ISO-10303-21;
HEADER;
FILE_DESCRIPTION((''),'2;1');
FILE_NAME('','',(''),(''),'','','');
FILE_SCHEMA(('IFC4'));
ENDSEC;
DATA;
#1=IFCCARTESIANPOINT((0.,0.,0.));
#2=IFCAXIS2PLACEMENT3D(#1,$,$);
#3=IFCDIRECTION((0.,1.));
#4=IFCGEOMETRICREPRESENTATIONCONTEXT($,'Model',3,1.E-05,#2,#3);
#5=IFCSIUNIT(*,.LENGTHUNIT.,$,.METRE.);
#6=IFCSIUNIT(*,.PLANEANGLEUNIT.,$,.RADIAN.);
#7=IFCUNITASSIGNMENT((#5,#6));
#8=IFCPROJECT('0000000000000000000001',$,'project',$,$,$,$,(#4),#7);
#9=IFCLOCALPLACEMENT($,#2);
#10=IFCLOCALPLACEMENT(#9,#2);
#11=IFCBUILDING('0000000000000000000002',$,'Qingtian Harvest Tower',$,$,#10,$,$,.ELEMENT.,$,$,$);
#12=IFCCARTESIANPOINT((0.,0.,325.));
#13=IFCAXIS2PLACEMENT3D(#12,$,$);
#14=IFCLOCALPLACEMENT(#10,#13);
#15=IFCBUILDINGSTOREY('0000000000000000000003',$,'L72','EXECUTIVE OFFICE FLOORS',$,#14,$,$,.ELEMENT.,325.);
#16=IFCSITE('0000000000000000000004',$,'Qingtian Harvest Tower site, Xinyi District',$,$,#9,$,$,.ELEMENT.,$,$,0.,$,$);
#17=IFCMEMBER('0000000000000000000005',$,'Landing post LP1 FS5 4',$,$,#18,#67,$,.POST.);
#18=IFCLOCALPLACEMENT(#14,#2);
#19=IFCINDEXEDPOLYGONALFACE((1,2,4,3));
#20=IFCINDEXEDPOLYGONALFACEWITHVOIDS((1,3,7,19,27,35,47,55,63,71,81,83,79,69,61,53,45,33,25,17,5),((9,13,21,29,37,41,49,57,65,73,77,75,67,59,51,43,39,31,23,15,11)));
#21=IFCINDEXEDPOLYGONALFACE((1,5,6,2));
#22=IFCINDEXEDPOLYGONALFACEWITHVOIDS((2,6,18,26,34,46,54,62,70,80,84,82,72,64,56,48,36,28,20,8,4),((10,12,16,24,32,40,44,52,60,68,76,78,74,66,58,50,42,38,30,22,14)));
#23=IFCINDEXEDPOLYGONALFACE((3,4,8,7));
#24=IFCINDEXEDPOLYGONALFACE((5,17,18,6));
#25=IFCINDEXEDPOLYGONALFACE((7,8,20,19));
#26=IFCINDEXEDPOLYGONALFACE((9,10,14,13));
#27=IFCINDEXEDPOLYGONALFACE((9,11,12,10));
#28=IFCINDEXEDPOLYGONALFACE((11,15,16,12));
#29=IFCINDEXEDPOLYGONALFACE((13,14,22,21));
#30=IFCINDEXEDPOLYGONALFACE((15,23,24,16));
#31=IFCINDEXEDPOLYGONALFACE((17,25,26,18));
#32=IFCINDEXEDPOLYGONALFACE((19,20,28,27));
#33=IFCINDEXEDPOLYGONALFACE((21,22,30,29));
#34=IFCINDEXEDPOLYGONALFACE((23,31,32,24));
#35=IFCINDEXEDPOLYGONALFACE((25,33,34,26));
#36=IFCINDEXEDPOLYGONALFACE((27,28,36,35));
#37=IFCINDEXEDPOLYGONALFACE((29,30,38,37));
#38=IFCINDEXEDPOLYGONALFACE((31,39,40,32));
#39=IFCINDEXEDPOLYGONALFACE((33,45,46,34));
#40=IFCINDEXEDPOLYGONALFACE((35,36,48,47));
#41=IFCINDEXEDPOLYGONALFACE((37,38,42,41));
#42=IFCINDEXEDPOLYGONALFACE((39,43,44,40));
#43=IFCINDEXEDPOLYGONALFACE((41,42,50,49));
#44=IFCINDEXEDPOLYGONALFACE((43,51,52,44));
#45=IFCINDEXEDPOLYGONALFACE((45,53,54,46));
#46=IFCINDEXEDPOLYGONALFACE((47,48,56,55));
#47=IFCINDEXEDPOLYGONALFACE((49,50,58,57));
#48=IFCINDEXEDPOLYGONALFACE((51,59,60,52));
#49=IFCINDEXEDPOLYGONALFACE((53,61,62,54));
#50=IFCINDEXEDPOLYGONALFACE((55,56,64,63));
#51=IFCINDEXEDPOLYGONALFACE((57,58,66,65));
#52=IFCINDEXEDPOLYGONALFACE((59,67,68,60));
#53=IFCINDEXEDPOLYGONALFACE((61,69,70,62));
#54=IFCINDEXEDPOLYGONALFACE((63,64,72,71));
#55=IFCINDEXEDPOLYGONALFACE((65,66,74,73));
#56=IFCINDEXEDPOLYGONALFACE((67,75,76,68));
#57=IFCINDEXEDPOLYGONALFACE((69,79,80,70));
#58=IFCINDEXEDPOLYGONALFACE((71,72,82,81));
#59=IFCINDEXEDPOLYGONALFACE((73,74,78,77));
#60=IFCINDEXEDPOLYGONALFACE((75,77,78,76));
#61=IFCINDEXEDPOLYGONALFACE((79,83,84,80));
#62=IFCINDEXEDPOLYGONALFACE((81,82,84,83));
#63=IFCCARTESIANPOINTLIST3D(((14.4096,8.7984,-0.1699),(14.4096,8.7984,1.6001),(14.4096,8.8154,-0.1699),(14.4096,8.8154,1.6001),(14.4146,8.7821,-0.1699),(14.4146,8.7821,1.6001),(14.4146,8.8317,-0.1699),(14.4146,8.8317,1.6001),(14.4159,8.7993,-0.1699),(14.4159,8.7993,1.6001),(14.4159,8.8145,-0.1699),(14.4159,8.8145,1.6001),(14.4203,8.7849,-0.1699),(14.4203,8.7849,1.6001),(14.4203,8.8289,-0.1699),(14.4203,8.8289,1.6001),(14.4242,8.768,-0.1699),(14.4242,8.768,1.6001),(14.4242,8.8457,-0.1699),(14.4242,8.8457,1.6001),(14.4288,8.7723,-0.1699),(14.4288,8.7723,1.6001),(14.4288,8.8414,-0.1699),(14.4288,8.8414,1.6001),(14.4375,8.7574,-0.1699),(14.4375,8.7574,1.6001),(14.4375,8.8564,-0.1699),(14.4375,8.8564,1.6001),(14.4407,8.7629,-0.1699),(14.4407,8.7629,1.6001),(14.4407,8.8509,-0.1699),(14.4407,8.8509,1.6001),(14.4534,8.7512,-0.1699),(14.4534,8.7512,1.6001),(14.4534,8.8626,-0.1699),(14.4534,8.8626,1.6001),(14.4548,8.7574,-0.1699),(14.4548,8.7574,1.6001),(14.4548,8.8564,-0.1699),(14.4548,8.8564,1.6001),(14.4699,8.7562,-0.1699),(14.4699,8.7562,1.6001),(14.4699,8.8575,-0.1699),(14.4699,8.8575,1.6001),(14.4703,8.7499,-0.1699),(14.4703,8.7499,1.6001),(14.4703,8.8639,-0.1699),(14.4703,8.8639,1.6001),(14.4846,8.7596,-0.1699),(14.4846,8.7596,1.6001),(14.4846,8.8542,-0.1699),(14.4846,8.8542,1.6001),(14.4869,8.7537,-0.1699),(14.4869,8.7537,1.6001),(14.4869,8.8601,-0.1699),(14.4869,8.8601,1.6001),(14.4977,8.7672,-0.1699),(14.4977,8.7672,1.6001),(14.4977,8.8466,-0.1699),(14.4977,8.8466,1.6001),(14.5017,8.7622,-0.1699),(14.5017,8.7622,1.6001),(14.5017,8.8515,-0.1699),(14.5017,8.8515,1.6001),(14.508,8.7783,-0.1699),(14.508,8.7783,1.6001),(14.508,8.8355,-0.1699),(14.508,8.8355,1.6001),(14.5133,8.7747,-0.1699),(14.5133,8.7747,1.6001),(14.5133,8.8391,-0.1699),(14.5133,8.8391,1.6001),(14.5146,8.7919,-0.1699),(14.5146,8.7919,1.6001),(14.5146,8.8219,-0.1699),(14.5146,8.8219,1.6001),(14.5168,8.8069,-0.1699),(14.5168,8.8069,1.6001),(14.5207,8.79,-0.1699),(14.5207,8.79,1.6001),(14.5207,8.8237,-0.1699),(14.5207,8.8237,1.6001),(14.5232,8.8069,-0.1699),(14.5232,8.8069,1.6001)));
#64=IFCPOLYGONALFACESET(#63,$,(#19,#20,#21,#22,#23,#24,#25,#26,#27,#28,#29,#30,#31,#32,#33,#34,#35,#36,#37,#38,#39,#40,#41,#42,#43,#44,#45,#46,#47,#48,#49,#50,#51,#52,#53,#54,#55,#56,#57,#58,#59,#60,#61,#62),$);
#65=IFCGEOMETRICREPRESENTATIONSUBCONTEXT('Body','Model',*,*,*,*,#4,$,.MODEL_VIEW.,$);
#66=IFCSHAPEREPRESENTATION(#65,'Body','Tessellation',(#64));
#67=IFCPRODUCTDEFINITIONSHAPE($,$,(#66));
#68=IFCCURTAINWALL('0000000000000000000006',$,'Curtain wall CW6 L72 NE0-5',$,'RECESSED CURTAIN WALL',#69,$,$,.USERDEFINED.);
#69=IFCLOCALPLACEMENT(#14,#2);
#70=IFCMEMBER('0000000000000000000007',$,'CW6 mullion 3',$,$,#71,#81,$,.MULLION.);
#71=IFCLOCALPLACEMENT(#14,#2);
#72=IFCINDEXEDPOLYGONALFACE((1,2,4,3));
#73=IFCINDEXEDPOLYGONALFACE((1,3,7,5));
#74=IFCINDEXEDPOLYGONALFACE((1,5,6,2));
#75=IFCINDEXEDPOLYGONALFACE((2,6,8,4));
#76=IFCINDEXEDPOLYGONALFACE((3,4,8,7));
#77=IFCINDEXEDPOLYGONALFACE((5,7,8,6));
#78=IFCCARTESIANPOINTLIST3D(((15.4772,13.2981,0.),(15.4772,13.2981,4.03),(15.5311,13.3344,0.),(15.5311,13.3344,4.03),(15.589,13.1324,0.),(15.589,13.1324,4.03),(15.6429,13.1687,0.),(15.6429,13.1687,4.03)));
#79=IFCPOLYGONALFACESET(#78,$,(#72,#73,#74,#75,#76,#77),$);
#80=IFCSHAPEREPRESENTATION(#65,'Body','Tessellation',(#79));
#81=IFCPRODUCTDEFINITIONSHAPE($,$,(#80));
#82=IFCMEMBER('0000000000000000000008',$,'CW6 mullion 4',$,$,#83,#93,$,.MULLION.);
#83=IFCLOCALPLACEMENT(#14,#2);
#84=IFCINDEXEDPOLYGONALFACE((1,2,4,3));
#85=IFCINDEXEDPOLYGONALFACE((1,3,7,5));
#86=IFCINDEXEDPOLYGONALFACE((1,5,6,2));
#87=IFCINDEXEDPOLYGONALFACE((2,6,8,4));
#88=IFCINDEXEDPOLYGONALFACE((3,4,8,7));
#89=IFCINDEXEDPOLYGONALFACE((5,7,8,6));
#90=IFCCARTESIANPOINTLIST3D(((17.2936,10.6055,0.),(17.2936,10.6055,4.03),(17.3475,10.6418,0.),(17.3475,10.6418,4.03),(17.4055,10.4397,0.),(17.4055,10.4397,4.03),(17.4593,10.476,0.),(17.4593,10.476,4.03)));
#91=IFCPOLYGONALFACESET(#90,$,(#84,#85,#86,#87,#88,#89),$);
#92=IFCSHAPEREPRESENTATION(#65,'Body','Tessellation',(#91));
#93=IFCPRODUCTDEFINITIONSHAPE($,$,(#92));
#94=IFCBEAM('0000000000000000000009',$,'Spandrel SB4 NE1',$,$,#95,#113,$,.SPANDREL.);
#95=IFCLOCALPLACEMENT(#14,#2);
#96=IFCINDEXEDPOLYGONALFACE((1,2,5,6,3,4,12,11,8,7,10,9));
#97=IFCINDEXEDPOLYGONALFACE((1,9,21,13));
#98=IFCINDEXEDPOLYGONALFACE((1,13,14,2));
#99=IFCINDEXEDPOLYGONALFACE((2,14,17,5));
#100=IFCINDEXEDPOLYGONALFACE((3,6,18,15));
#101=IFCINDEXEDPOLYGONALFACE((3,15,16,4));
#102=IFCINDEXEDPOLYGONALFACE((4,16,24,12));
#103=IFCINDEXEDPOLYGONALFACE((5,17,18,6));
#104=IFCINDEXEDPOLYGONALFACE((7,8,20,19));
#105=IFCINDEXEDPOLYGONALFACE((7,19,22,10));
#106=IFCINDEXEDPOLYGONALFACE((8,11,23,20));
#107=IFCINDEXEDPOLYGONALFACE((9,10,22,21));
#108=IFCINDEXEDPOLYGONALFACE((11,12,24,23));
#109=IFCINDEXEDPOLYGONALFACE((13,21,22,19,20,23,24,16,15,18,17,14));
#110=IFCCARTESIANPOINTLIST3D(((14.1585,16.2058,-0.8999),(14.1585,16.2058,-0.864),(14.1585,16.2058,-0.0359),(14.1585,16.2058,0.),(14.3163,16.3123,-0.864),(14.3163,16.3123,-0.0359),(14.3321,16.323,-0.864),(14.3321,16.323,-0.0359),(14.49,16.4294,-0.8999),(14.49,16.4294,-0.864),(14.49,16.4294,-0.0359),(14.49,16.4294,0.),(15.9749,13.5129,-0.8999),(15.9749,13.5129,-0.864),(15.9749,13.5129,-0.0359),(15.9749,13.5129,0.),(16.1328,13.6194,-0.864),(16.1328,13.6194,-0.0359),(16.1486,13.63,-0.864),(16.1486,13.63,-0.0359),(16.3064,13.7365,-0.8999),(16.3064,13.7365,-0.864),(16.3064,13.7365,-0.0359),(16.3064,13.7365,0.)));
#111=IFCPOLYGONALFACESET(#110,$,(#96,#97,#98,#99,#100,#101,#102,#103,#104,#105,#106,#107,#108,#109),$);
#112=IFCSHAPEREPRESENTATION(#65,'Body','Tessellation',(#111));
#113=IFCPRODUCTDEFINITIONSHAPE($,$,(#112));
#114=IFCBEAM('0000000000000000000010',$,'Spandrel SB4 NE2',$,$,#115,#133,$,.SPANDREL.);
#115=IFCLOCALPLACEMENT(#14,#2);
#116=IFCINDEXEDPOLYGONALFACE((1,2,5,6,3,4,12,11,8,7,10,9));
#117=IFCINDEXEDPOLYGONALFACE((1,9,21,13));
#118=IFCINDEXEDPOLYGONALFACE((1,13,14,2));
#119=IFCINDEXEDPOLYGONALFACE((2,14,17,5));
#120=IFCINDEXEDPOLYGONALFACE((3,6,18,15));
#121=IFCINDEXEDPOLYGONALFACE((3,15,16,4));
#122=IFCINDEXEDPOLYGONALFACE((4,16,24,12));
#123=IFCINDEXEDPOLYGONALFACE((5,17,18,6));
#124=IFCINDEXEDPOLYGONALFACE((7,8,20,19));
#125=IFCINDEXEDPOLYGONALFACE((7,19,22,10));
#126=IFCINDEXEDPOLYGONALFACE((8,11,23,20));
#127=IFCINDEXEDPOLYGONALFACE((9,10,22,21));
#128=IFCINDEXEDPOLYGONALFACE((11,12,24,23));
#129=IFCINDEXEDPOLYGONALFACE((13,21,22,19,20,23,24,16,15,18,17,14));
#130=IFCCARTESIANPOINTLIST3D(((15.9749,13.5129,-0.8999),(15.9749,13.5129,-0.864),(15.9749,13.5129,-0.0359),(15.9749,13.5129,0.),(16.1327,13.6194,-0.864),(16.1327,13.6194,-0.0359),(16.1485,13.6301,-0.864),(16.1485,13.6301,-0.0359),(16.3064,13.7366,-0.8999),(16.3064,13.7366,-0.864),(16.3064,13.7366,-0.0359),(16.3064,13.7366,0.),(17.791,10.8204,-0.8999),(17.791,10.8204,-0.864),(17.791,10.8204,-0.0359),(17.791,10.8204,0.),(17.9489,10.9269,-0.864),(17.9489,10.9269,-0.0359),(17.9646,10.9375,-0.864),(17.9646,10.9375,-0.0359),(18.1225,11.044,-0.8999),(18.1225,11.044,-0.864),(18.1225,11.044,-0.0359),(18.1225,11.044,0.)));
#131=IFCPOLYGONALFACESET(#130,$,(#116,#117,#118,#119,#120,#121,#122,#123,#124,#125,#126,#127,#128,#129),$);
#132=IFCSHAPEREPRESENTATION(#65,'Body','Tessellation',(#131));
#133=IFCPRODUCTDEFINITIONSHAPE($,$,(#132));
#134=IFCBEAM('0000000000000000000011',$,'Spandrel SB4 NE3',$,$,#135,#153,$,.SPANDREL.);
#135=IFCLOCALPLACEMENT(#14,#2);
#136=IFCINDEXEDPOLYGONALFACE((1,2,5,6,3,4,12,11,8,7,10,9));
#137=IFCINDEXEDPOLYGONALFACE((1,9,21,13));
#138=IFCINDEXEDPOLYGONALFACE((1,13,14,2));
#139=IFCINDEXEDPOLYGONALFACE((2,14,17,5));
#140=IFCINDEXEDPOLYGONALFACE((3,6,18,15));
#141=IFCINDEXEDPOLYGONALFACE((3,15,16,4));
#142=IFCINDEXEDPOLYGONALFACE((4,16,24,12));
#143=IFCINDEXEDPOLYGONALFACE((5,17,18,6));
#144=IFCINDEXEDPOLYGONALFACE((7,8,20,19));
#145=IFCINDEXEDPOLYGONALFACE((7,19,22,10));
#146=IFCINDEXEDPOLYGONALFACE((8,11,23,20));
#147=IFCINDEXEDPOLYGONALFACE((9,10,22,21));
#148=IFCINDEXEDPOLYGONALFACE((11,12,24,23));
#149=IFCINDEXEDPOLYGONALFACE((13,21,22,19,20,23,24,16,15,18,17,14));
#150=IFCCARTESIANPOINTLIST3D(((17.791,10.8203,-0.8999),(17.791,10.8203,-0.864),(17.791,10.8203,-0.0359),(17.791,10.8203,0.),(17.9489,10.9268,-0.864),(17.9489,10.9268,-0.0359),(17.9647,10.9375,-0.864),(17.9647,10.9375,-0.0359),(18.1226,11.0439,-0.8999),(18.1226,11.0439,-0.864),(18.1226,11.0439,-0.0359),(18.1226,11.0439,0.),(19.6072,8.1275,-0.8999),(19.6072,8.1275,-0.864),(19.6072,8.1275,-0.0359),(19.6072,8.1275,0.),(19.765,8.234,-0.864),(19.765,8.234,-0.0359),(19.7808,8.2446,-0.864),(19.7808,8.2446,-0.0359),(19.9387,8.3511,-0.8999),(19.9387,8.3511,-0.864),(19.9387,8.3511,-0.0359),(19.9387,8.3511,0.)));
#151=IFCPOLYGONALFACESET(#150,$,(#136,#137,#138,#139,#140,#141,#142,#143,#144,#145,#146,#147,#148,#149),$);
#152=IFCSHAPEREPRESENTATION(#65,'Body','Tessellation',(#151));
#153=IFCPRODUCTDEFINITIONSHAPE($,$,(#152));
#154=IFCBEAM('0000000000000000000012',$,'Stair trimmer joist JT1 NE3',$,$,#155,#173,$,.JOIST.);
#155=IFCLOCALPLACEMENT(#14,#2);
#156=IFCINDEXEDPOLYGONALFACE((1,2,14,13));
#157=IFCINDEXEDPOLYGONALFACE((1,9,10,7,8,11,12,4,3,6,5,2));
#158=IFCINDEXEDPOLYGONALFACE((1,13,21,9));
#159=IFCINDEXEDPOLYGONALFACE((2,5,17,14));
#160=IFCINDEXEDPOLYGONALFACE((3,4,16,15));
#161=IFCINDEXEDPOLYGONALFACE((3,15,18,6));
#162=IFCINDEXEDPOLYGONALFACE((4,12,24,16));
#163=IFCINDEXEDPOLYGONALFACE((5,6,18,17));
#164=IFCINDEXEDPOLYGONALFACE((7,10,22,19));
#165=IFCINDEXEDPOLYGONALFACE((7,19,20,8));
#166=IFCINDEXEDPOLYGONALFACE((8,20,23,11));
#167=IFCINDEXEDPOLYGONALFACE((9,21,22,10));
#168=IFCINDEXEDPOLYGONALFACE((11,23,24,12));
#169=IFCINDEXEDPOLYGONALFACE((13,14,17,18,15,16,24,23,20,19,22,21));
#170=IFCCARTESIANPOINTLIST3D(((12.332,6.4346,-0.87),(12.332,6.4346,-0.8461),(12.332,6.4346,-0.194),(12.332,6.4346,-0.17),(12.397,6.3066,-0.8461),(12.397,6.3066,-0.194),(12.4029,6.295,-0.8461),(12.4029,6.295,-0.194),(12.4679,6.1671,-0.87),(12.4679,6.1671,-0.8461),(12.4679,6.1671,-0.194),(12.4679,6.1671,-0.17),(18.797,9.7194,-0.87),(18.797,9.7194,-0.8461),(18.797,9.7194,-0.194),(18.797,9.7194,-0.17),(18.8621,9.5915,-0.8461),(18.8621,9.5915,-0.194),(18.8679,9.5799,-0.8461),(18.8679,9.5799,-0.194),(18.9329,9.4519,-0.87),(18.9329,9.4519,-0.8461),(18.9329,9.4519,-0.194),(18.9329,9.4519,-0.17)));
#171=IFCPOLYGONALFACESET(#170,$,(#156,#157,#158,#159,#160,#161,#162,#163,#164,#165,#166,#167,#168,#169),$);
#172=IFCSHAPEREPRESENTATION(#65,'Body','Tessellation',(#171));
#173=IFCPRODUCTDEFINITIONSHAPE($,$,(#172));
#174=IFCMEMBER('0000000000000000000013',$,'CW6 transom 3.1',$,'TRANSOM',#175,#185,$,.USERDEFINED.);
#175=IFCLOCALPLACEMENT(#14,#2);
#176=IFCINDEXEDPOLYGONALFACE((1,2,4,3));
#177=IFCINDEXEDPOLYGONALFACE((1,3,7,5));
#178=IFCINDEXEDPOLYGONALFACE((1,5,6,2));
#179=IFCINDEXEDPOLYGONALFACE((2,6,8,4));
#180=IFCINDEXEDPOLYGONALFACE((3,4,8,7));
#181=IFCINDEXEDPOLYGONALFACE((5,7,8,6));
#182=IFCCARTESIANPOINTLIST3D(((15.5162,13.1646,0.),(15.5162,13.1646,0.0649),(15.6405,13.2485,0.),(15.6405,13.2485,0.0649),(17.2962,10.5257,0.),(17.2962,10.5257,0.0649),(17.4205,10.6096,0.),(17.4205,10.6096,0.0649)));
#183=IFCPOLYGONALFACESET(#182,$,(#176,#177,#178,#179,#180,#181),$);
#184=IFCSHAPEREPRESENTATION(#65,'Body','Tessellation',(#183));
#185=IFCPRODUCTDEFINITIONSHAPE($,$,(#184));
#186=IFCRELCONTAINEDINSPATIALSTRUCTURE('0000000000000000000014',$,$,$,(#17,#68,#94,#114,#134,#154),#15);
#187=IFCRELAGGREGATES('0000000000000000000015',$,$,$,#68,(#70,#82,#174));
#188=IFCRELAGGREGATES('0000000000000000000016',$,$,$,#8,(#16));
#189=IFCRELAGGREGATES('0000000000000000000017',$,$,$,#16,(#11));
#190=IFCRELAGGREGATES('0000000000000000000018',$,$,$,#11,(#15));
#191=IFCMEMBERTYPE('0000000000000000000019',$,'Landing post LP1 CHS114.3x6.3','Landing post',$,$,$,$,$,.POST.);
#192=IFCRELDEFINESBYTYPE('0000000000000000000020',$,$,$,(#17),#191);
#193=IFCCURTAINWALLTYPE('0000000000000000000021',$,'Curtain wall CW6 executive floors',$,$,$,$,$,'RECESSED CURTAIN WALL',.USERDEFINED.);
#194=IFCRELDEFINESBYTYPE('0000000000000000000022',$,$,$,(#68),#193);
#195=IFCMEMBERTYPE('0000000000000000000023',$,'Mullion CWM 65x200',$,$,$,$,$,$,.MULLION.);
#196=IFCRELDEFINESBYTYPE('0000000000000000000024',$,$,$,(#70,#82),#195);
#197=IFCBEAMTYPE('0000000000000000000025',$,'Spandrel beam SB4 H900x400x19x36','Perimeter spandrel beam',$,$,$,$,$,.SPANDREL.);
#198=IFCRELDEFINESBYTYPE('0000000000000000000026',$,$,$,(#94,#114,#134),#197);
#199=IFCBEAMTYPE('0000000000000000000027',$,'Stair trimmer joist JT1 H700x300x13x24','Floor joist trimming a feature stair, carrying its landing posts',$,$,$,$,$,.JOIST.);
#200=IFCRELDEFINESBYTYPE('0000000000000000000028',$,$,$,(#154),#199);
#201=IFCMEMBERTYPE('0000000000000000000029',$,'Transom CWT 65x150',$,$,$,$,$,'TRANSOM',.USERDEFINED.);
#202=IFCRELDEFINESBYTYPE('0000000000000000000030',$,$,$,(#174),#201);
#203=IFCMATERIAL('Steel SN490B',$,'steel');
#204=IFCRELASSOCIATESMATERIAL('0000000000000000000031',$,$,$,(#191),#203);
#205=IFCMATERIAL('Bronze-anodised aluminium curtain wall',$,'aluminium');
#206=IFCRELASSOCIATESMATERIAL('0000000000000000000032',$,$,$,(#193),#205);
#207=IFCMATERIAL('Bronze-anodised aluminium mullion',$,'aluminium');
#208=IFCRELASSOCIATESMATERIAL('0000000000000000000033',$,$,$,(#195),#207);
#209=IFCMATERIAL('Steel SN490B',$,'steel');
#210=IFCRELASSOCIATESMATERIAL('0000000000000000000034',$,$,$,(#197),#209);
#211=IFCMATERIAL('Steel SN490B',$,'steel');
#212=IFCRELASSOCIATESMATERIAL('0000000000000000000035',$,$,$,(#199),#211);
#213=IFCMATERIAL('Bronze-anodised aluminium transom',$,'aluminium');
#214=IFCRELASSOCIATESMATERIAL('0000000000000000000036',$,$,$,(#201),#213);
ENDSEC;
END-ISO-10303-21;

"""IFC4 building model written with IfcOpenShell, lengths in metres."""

from ifc_helpers import new_model, si_unit, direction, frame, origin, origin_2d, place, context, subcontext, project, spatial, rectangle, hollow_circle, i_section, extrude, material, material_profile, profile_set, type_object, element, aggregate, save


model = new_model("IFC4")

# Units and contexts
model_context = context("Model", 3, precision=1e-05, world=origin(), true_north=direction((0.0, 1.0)))
body_context = subcontext(model_context, "Body", "Model", "MODEL_VIEW")
ifc_project = project(units=[si_unit("LENGTHUNIT", "METRE"), si_unit("PLANEANGLEUNIT", "RADIAN")], contexts=[model_context])

# Site, building, storey
site_placement = place(None, origin())
site = spatial("IfcSite", under=ifc_project, at=site_placement, Name="Qingtian Harvest Tower site, Xinyi District", CompositionType="ELEMENT", RefElevation=0.0)
building_placement = place(site_placement, origin())
building = spatial("IfcBuilding", under=site, at=building_placement, Name="Qingtian Harvest Tower", CompositionType="ELEMENT")
storey_placement = place(building_placement, frame((0.0, 0.0, 325.0)))
storey = spatial("IfcBuildingStorey", under=building, at=storey_placement, Name="L72", Description="EXECUTIVE OFFICE FLOORS", CompositionType="ELEMENT", Elevation=325.0)

# Member
ifc_material_1 = material(Name="Steel SN490B", Category="steel")
ifc_material_profile_1 = material_profile(ifc_material_1, hollow_circle(Radius=0.0571, WallThickness=0.0063, at=origin_2d()), Name="CHS114.3x6.3")
ifc_profile_set_1 = profile_set([ifc_material_profile_1], Name="Steel SN490B")
member_type_1 = type_object("IfcMemberType", Name="Landing post LP1 CHS114.3x6.3", Description="Landing post", PredefinedType="POST", material=ifc_profile_set_1)
for number, where, z_axis, x_axis, name in (
    (1, (14.4661, 8.8069, -0.1699), (0.0, 0.0, 1.0), (1.0, 0.0, 0.0), "Landing post LP1 FS5 4"),
):
    element("IfcMember", number, at=place(storey_placement, frame(where, z_axis=z_axis, x_axis=x_axis)), inside=storey, type_object=member_type_1, Name=name, PredefinedType="POST", context=body_context, shape_type="SweptSolid", body=[
        extrude(hollow_circle(Radius=0.0571, WallThickness=0.0063, at=origin_2d()), origin(), (0.0, 0.0, 1.0), 1.77),
    ])

# Curtain wall, members
ifc_material_2 = material(Name="Bronze-anodised aluminium curtain wall", Category="aluminium")
curtain_wall_type = type_object("IfcCurtainWallType", Name="Curtain wall CW6 executive floors", ElementType="RECESSED CURTAIN WALL", PredefinedType="USERDEFINED", material=ifc_material_2)
curtain_wall_placement = place(storey_placement, origin())
curtain_wall = element("IfcCurtainWall", 2, at=curtain_wall_placement, inside=storey, type_object=curtain_wall_type, Name="Curtain wall CW6 L72 NE0-5", ObjectType="RECESSED CURTAIN WALL", PredefinedType="USERDEFINED")
ifc_material_3 = material(Name="Bronze-anodised aluminium mullion", Category="aluminium")
ifc_material_profile_2 = material_profile(ifc_material_3, rectangle(XDim=0.0649, YDim=0.2, at=origin_2d()), Name="AL 65x200")
ifc_profile_set_2 = profile_set([ifc_material_profile_2], Name="Bronze-anodised aluminium mullion")
member_type_2 = type_object("IfcMemberType", Name="Mullion CWM 65x200", PredefinedType="MULLION", material=ifc_profile_set_2)
member_1_placement = place(storey_placement, frame((15.5601, 13.2334, 0.0), z_axis=(0.0, 0.0, 1.0), x_axis=(0.829038, 0.559193, 0.0)))
member_1 = element("IfcMember", 3, at=member_1_placement, type_object=member_type_2, Name="CW6 mullion 3", PredefinedType="MULLION", context=body_context, shape_type="SweptSolid", body=[
    extrude(rectangle(XDim=0.0649, YDim=0.2, at=origin_2d()), origin(), (0.0, 0.0, 1.0), 4.03),
])
member_2_placement = place(storey_placement, frame((17.3765, 10.5408, 0.0), z_axis=(0.0, 0.0, 1.0), x_axis=(0.829038, 0.559193, 0.0)))
member_2 = element("IfcMember", 4, at=member_2_placement, type_object=member_type_2, Name="CW6 mullion 4", PredefinedType="MULLION", context=body_context, shape_type="SweptSolid", body=[
    extrude(rectangle(XDim=0.0649, YDim=0.2, at=origin_2d()), origin(), (0.0, 0.0, 1.0), 4.03),
])

# Beams
ifc_material_4 = material(Name="Steel SN490B", Category="steel")
ifc_material_profile_3 = material_profile(ifc_material_4, i_section(OverallWidth=0.3999, OverallDepth=0.8999, WebThickness=0.019, FlangeThickness=0.0359, at=origin_2d()), Name="H900x400x19x36")
ifc_profile_set_3 = profile_set([ifc_material_profile_3], Name="Steel SN490B")
beam_type_1 = type_object("IfcBeamType", Name="Spandrel beam SB4 H900x400x19x36", Description="Perimeter spandrel beam", PredefinedType="SPANDREL", material=ifc_profile_set_3)
beam_1_placement = place(storey_placement, frame((14.3242, 16.3176, -0.45), z_axis=(0.559202, -0.829032, 0.0), x_axis=(0.829032, 0.559202, 0.0)))
element("IfcBeam", 5, at=beam_1_placement, inside=storey, type_object=beam_type_1, Name="Spandrel SB4 NE1", PredefinedType="SPANDREL", context=body_context, shape_type="SweptSolid", body=[
    extrude(i_section(OverallWidth=0.3999, OverallDepth=0.8999, WebThickness=0.019, FlangeThickness=0.0359, at=origin_2d()), origin(), (0.0, 0.0, 1.0), 3.2483),
])
beam_2_placement = place(storey_placement, frame((16.1406, 13.6248, -0.45), z_axis=(0.559185, -0.829043, 0.0), x_axis=(0.829043, 0.559185, 0.0)))
element("IfcBeam", 6, at=beam_2_placement, inside=storey, type_object=beam_type_1, Name="Spandrel SB4 NE2", PredefinedType="SPANDREL", context=body_context, shape_type="SweptSolid", body=[
    extrude(i_section(OverallWidth=0.3999, OverallDepth=0.8999, WebThickness=0.019, FlangeThickness=0.0359, at=origin_2d()), origin(), (0.0, 0.0, 1.0), 3.2478),
])
beam_3_placement = place(storey_placement, frame((17.9568, 10.9321, -0.45), z_axis=(0.55915, -0.829066, 0.0), x_axis=(0.829066, 0.55915, 0.0)))
element("IfcBeam", 7, at=beam_3_placement, inside=storey, type_object=beam_type_1, Name="Spandrel SB4 NE3", PredefinedType="SPANDREL", context=body_context, shape_type="SweptSolid", body=[
    extrude(i_section(OverallWidth=0.3999, OverallDepth=0.8999, WebThickness=0.019, FlangeThickness=0.0359, at=origin_2d()), origin(), (0.0, 0.0, 1.0), 3.248),
])
ifc_material_5 = material(Name="Steel SN490B", Category="steel")
ifc_material_profile_4 = material_profile(ifc_material_5, i_section(OverallWidth=0.3, OverallDepth=0.7, WebThickness=0.0129, FlangeThickness=0.0239, at=origin_2d()), Name="H700x300x13x24")
ifc_profile_set_4 = profile_set([ifc_material_profile_4], Name="Steel SN490B")
beam_type_2 = type_object("IfcBeamType", Name="Stair trimmer joist JT1 H700x300x13x24", Description="Floor joist trimming a feature stair, carrying its landing posts", PredefinedType="JOIST", material=ifc_profile_set_4)
beam_4_placement = place(storey_placement, frame((18.865, 9.5857, -0.52), z_axis=(-0.89152, -0.452981, 0.0), x_axis=(0.452981, -0.89152, 0.0)))
element("IfcBeam", 8, at=beam_4_placement, inside=storey, type_object=beam_type_2, Name="Stair trimmer joist JT1 NE3", PredefinedType="JOIST", context=body_context, shape_type="SweptSolid", body=[
    extrude(i_section(OverallWidth=0.3, OverallDepth=0.7, WebThickness=0.0129, FlangeThickness=0.0239, at=origin_2d()), origin(), (0.0, 0.0, 1.0), 7.2517),
])

# Member
ifc_material_6 = material(Name="Bronze-anodised aluminium transom", Category="aluminium")
ifc_material_profile_5 = material_profile(ifc_material_6, rectangle(XDim=0.1499, YDim=0.0649, at=origin_2d()), Name="AL 65x150")
ifc_profile_set_5 = profile_set([ifc_material_profile_5], Name="Bronze-anodised aluminium transom")
member_type_3 = type_object("IfcMemberType", Name="Transom CWT 65x150", ElementType="TRANSOM", PredefinedType="USERDEFINED", material=ifc_profile_set_5)
member_3_placement = place(storey_placement, frame((15.5784, 13.2065, 0.0325), z_axis=(0.559205, -0.829029, 0.0), x_axis=(0.829029, 0.559205, 0.0)))
member_3 = element("IfcMember", 9, at=member_3_placement, type_object=member_type_3, Name="CW6 transom 3.1", ObjectType="TRANSOM", PredefinedType="USERDEFINED", context=body_context, shape_type="SweptSolid", body=[
    extrude(rectangle(XDim=0.1499, YDim=0.0649, at=origin_2d()), origin(), (0.0, 0.0, 1.0), 3.1831),
])

aggregate(curtain_wall, [member_1, member_2, member_3])

save(model, "model.ifc")
